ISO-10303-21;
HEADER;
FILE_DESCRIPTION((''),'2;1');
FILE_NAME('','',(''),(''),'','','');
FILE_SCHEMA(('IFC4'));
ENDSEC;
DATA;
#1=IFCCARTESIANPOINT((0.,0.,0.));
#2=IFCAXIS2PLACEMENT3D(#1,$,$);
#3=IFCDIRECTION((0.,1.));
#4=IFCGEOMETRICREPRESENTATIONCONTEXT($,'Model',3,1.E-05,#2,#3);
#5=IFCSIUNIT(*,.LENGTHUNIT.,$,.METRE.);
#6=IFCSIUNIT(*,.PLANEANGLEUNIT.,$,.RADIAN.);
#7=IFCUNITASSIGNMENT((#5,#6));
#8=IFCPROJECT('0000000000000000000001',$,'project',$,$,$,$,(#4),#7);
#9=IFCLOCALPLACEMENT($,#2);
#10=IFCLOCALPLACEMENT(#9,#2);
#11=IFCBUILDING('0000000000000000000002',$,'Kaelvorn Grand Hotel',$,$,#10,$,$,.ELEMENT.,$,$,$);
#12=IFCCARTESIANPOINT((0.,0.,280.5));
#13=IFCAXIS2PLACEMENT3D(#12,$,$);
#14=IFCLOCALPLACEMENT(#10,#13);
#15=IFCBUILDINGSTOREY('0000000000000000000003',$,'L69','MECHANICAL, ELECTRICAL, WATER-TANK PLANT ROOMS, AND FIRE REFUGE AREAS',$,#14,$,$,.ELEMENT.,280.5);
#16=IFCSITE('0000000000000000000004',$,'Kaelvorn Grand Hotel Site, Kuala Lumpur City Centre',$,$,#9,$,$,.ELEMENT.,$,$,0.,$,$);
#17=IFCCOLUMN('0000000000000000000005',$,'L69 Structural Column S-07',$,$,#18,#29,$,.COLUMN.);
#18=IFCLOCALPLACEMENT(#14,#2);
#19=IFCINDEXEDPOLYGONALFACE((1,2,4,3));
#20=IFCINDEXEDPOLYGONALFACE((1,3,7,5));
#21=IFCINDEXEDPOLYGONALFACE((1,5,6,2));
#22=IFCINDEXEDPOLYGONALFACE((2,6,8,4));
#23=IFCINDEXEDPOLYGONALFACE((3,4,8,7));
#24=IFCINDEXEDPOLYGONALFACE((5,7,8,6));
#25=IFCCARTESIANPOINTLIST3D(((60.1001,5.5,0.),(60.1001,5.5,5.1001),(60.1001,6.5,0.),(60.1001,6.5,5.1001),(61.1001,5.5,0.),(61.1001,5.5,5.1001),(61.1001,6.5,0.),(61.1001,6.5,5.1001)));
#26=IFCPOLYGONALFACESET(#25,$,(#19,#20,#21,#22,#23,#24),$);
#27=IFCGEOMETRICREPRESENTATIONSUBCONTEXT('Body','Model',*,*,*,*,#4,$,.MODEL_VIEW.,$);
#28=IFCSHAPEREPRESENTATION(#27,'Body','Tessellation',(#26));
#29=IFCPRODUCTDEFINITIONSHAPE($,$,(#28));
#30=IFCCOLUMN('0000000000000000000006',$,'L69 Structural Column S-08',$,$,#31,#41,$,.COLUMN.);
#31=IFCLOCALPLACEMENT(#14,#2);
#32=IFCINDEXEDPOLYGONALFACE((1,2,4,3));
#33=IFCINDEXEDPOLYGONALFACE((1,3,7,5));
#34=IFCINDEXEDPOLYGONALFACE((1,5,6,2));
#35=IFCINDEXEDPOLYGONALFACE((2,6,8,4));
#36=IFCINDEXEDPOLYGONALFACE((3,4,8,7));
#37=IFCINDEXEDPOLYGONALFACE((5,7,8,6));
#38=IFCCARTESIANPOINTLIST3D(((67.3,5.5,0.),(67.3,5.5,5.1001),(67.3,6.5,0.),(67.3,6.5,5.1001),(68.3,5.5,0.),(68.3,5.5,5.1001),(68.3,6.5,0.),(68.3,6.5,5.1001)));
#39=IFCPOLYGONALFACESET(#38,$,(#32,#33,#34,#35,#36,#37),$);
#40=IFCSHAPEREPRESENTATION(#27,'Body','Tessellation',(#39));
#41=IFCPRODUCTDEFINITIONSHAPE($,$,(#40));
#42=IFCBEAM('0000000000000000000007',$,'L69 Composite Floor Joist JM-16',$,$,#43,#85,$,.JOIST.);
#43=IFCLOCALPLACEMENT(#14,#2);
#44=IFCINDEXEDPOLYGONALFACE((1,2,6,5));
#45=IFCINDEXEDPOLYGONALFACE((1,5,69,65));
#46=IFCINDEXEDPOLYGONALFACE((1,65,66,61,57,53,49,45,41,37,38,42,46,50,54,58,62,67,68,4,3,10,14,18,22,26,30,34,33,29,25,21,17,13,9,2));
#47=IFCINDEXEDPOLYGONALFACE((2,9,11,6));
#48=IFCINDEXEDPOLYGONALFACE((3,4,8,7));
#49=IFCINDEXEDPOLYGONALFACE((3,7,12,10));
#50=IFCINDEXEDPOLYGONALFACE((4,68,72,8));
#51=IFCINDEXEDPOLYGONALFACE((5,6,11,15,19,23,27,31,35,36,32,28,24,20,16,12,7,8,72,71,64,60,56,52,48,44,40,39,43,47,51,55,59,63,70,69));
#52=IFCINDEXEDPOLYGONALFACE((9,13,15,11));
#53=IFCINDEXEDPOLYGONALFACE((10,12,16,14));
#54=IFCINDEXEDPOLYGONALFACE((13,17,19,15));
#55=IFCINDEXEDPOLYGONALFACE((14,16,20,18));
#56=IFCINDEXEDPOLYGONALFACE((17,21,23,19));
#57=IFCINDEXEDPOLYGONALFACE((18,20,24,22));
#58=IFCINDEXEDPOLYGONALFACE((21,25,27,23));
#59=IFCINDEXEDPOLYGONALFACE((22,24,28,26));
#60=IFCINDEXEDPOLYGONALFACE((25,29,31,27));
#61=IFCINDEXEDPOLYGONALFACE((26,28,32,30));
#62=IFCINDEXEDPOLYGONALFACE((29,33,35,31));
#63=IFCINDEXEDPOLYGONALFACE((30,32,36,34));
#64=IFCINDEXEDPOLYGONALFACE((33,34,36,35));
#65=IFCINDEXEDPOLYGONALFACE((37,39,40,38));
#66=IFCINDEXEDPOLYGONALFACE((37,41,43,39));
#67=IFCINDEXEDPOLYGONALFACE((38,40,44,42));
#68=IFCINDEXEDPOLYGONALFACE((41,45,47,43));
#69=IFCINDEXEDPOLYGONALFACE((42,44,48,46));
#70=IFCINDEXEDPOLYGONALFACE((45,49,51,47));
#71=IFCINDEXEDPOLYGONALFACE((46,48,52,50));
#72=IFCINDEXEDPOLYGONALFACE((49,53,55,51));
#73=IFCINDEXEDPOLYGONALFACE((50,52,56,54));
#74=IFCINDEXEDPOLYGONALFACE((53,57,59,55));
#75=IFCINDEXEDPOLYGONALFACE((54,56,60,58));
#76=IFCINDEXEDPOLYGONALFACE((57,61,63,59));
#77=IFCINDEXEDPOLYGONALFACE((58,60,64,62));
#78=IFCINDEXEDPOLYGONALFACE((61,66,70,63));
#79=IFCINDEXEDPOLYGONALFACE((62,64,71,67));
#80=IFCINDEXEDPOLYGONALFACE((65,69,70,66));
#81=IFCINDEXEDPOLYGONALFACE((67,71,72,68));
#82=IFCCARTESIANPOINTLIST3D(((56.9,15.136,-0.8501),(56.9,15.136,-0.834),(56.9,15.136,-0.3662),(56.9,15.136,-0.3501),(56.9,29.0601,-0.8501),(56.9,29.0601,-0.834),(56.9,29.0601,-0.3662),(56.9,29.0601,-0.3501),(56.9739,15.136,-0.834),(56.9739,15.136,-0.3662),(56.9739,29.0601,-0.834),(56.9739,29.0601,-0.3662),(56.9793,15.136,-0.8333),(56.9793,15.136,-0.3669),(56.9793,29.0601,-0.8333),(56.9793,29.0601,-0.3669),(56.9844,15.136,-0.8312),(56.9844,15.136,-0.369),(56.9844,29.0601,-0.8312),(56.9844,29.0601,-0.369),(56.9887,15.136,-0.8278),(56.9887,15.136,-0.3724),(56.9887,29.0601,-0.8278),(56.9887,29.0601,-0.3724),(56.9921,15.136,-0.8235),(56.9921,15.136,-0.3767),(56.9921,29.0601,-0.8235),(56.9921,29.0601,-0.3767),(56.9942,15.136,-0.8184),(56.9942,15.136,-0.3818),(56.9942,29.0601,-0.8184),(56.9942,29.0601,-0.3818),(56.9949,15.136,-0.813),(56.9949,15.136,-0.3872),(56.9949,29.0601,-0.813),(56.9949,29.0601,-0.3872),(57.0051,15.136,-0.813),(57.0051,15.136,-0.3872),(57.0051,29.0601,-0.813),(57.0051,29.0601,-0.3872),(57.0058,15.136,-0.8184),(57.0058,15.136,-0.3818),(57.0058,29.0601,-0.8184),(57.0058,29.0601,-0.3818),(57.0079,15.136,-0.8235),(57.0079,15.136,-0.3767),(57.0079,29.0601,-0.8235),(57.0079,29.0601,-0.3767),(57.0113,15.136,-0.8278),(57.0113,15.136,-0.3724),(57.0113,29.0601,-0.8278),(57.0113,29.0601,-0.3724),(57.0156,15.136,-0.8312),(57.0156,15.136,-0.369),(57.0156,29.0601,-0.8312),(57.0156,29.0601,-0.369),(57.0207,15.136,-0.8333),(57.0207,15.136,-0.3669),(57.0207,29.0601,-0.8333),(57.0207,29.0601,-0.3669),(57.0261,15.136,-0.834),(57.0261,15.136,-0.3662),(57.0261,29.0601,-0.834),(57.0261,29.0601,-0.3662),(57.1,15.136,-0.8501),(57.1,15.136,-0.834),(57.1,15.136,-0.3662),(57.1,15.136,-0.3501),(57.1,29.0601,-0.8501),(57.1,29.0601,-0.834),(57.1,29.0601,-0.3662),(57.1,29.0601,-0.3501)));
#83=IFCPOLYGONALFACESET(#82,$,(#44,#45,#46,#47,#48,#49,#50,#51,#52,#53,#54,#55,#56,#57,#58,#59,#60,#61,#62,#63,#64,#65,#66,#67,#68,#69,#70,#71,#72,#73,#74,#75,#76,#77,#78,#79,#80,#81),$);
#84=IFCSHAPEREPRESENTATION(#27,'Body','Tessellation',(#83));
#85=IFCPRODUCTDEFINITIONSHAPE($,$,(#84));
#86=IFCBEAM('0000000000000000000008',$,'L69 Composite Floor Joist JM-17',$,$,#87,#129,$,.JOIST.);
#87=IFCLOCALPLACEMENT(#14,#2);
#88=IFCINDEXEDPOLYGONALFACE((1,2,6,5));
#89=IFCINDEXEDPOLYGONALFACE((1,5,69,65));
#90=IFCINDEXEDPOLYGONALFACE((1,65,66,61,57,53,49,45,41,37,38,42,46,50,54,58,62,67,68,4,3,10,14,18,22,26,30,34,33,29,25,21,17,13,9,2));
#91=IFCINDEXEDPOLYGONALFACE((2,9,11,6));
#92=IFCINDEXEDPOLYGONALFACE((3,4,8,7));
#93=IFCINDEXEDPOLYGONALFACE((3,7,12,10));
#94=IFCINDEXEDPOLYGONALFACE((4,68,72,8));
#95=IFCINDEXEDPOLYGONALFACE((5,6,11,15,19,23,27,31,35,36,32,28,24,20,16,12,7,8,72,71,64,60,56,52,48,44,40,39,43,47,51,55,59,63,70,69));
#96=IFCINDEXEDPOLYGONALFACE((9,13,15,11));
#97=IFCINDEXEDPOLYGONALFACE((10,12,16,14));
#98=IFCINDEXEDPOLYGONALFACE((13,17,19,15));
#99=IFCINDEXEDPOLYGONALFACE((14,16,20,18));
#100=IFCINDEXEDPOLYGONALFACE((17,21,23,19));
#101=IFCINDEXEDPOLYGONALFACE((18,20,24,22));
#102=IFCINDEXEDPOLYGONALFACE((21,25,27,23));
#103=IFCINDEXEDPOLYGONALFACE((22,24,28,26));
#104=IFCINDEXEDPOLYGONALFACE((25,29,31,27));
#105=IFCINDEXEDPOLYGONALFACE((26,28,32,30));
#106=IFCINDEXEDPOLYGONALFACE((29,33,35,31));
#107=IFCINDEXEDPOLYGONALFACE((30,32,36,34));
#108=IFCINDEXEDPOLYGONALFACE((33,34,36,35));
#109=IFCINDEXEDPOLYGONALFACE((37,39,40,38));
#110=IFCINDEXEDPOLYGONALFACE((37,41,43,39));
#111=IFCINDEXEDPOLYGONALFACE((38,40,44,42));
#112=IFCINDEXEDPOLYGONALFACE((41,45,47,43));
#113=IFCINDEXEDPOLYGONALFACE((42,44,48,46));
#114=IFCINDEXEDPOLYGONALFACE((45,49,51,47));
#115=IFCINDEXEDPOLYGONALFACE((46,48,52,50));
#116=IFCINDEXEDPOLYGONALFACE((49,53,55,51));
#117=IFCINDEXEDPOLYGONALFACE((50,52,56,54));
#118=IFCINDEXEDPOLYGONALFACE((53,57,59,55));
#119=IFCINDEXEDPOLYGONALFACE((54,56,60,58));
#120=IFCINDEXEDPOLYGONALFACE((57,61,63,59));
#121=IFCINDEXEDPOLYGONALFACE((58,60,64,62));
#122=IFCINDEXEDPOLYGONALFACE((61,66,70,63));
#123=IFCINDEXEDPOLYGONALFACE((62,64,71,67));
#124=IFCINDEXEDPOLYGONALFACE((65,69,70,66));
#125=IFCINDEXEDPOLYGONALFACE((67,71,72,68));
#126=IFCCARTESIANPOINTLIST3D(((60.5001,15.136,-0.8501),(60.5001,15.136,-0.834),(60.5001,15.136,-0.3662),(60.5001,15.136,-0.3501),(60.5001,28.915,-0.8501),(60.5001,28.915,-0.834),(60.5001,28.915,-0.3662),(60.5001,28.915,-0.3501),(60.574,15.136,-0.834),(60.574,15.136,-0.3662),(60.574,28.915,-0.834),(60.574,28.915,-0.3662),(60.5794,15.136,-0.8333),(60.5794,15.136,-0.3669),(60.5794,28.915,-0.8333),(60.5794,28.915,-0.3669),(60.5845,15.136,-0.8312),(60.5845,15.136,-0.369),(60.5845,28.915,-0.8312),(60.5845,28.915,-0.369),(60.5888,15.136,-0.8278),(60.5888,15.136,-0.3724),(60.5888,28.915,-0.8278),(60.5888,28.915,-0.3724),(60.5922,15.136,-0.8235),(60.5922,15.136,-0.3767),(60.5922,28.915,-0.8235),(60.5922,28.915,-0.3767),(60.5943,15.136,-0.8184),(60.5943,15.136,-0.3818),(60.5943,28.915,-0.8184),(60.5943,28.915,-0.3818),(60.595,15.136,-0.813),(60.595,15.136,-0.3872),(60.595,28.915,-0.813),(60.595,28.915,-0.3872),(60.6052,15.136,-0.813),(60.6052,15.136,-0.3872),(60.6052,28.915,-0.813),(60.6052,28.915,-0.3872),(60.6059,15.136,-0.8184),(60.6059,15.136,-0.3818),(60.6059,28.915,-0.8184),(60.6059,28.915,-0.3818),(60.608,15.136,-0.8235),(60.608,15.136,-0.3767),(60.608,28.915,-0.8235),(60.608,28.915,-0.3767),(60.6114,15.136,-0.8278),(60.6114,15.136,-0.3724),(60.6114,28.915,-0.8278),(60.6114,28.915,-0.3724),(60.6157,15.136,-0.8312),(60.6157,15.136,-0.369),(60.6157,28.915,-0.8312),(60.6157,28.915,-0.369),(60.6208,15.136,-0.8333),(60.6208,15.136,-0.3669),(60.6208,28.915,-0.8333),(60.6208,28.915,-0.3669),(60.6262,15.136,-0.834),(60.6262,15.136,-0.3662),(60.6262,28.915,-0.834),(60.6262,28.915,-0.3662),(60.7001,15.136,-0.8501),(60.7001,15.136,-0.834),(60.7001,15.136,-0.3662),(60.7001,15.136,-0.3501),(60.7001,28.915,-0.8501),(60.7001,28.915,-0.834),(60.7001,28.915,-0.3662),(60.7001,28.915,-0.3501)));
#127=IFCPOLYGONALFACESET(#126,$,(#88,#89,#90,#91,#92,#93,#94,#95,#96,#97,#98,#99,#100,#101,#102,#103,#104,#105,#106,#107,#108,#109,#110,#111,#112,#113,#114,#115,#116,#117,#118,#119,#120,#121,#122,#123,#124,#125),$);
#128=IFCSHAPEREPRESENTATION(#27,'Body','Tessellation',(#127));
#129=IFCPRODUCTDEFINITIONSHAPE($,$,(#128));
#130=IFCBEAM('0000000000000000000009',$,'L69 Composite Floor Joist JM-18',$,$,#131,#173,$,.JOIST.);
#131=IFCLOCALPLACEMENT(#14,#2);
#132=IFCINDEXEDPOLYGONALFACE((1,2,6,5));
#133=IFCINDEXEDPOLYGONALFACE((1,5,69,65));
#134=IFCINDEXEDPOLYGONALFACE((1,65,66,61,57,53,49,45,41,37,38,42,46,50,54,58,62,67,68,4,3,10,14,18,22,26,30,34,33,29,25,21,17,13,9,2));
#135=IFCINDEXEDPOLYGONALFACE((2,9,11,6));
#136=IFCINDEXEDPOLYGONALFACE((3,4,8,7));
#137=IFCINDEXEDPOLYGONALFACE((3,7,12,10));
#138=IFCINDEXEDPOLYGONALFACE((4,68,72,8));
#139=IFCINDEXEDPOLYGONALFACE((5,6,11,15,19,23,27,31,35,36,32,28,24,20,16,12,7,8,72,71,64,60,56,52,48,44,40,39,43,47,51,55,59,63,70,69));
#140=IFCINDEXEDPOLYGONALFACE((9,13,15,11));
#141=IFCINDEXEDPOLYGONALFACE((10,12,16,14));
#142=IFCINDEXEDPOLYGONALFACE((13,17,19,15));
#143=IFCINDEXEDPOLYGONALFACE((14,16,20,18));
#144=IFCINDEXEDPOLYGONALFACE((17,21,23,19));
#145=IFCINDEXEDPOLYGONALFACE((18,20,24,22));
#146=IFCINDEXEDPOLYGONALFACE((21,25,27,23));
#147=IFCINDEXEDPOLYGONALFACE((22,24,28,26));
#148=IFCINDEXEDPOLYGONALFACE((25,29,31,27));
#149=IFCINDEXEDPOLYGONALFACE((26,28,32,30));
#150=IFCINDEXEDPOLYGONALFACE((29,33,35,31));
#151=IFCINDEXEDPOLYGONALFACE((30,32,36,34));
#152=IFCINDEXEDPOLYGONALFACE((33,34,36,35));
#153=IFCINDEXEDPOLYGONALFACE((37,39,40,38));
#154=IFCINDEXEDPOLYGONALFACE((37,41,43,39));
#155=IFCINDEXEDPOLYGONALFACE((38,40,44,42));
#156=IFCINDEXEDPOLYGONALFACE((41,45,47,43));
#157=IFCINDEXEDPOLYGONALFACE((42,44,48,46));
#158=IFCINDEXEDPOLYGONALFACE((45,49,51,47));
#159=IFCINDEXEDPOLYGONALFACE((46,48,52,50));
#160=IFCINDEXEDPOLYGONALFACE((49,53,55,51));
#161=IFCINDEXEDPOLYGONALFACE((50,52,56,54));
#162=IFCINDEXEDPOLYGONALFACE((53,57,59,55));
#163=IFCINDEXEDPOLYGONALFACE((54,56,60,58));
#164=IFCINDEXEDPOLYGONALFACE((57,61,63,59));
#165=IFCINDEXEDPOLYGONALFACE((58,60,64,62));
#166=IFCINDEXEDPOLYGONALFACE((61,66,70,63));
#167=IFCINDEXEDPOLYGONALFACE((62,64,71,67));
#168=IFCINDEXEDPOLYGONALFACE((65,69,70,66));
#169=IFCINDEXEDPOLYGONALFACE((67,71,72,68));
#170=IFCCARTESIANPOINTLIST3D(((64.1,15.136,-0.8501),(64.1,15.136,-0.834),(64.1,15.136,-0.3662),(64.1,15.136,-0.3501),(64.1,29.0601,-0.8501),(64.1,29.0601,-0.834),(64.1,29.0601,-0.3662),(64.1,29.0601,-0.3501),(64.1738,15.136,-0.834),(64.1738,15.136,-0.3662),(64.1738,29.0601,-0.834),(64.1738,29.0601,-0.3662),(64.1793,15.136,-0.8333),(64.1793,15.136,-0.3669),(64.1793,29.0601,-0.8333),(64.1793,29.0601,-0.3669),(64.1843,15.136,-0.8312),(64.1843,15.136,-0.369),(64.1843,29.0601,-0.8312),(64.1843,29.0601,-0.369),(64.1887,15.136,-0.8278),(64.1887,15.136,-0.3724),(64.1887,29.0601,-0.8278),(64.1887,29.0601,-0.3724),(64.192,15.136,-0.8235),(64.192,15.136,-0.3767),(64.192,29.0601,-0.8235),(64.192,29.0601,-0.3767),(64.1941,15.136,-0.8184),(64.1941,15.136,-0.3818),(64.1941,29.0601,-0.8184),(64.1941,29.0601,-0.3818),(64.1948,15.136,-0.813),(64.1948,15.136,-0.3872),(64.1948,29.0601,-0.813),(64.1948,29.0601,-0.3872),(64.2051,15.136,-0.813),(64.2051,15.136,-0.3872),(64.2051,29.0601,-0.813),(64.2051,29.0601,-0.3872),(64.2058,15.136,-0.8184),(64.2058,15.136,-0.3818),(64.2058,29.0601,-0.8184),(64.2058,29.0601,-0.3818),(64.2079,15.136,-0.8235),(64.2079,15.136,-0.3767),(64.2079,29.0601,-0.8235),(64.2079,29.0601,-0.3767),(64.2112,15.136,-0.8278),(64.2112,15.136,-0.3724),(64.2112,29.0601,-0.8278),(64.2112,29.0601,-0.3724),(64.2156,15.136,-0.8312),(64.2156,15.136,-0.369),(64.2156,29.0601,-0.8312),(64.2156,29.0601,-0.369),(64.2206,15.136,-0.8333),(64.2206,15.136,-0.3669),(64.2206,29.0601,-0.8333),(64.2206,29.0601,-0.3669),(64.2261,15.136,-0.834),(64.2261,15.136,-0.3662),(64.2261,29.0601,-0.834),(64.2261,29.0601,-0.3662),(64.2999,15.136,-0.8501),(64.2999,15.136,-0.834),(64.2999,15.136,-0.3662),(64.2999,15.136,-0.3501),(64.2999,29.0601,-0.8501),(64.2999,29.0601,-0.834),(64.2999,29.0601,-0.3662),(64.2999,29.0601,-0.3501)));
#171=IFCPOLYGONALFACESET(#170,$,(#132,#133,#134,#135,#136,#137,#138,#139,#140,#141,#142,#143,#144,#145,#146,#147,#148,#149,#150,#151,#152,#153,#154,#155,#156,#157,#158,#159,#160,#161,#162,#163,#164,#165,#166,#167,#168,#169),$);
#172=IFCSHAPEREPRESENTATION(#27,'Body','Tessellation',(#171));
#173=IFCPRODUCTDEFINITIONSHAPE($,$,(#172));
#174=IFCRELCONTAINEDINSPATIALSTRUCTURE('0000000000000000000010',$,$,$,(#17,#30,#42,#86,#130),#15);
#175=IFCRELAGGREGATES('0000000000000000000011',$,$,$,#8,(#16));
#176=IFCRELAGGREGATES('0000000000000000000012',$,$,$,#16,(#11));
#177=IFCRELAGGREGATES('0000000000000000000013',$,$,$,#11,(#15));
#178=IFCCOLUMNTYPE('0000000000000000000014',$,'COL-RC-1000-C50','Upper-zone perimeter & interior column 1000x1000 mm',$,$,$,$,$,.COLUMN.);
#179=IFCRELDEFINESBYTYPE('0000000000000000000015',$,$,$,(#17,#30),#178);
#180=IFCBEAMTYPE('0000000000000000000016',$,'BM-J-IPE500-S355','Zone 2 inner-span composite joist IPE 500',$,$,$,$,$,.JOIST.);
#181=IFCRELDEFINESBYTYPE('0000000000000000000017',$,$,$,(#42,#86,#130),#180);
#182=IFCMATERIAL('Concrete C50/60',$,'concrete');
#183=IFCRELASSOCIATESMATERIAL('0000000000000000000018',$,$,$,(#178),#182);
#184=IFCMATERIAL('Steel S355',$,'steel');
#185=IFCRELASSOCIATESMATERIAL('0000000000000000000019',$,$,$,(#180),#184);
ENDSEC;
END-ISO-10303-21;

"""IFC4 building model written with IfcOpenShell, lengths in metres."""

from ifc_helpers import new_model, si_unit, direction, frame, origin, origin_2d, place, context, subcontext, project, spatial, rectangle, i_section, extrude, material, material_profile, profile_set, type_object, element, save


model = new_model("IFC4")

# Units and contexts
model_context = context("Model", 3, precision=1e-05, world=origin(), true_north=direction((0.0, 1.0)))
body_context = subcontext(model_context, "Body", "Model", "MODEL_VIEW")
ifc_project = project(units=[si_unit("LENGTHUNIT", "METRE"), si_unit("PLANEANGLEUNIT", "RADIAN")], contexts=[model_context])

# Site, building, storey
site_placement = place(None, origin())
site = spatial("IfcSite", under=ifc_project, at=site_placement, Name="Kaelvorn Grand Hotel Site, Kuala Lumpur City Centre", CompositionType="ELEMENT", RefElevation=0.0)
building_placement = place(site_placement, origin())
building = spatial("IfcBuilding", under=site, at=building_placement, Name="Kaelvorn Grand Hotel", CompositionType="ELEMENT")
storey_placement = place(building_placement, frame((0.0, 0.0, 280.5)))
storey = spatial("IfcBuildingStorey", under=building, at=storey_placement, Name="L69", Description="MECHANICAL, ELECTRICAL, WATER-TANK PLANT ROOMS, AND FIRE REFUGE AREAS", CompositionType="ELEMENT", Elevation=280.5)

# Columns
ifc_material_1 = material(Name="Concrete C50/60", Category="concrete")
ifc_material_profile_1 = material_profile(ifc_material_1, rectangle(XDim=1.0, YDim=1.0, at=origin_2d()), Name="RC COL 1000x1000")
ifc_profile_set_1 = profile_set([ifc_material_profile_1], Name="Concrete C50/60")
column_type = type_object("IfcColumnType", Name="COL-RC-1000-C50", Description="Upper-zone perimeter & interior column 1000x1000 mm", PredefinedType="COLUMN", material=ifc_profile_set_1)
for number, where, z_axis, x_axis, name in (
    (1, (60.6001, 6.0, 0.0), (0.0, 0.0, 1.0), (1.0, 0.0, 0.0), "L69 Structural Column S-07"),
    (2, (67.8, 6.0, 0.0), (0.0, 0.0, 1.0), (1.0, 0.0, 0.0), "L69 Structural Column S-08"),
):
    element("IfcColumn", number, at=place(storey_placement, frame(where, z_axis=z_axis, x_axis=x_axis)), inside=storey, type_object=column_type, Name=name, PredefinedType="COLUMN", context=body_context, shape_type="SweptSolid", body=[
        extrude(rectangle(XDim=1.0, YDim=1.0, at=origin_2d()), origin(), (0.0, 0.0, 1.0), 5.1001),
    ])

# Beams
ifc_material_2 = material(Name="Steel S355", Category="steel")
ifc_material_profile_2 = material_profile(ifc_material_2, i_section(OverallWidth=0.2, OverallDepth=0.5, WebThickness=0.0103, FlangeThickness=0.0161, FilletRadius=0.021, at=origin_2d()), Name="IPE 500")
ifc_profile_set_2 = profile_set([ifc_material_profile_2], Name="Steel S355")
beam_type_1 = type_object("IfcBeamType", Name="BM-J-IPE500-S355", Description="Zone 2 inner-span composite joist IPE 500", PredefinedType="JOIST", material=ifc_profile_set_2)
beam_1_placement = place(storey_placement, frame((57.0, 15.136, -0.6001), z_axis=(0.0, 1.0, 0.0), x_axis=(-1.0, 0.0, 0.0)))
element("IfcBeam", 3, at=beam_1_placement, inside=storey, type_object=beam_type_1, Name="L69 Composite Floor Joist JM-16", PredefinedType="JOIST", context=body_context, shape_type="SweptSolid", body=[
    extrude(i_section(OverallWidth=0.2, OverallDepth=0.5, WebThickness=0.0103, FlangeThickness=0.0161, FilletRadius=0.021, at=origin_2d()), origin(), (0.0, 0.0, 1.0), 13.9241),
])
beam_2_placement = place(storey_placement, frame((60.6001, 15.136, -0.6001), z_axis=(0.0, 1.0, 0.0), x_axis=(-1.0, 0.0, 0.0)))
element("IfcBeam", 4, at=beam_2_placement, inside=storey, type_object=beam_type_1, Name="L69 Composite Floor Joist JM-17", PredefinedType="JOIST", context=body_context, shape_type="SweptSolid", body=[
    extrude(i_section(OverallWidth=0.2, OverallDepth=0.5, WebThickness=0.0103, FlangeThickness=0.0161, FilletRadius=0.021, at=origin_2d()), origin(), (0.0, 0.0, 1.0), 13.7791),
])
beam_3_placement = place(storey_placement, frame((64.2, 15.136, -0.6001), z_axis=(0.0, 1.0, 0.0), x_axis=(-1.0, 0.0, 0.0)))
element("IfcBeam", 5, at=beam_3_placement, inside=storey, type_object=beam_type_1, Name="L69 Composite Floor Joist JM-18", PredefinedType="JOIST", context=body_context, shape_type="SweptSolid", body=[
    extrude(i_section(OverallWidth=0.2, OverallDepth=0.5, WebThickness=0.0103, FlangeThickness=0.0161, FilletRadius=0.021, at=origin_2d()), origin(), (0.0, 0.0, 1.0), 13.9241),
])

save(model, "model.ifc")
